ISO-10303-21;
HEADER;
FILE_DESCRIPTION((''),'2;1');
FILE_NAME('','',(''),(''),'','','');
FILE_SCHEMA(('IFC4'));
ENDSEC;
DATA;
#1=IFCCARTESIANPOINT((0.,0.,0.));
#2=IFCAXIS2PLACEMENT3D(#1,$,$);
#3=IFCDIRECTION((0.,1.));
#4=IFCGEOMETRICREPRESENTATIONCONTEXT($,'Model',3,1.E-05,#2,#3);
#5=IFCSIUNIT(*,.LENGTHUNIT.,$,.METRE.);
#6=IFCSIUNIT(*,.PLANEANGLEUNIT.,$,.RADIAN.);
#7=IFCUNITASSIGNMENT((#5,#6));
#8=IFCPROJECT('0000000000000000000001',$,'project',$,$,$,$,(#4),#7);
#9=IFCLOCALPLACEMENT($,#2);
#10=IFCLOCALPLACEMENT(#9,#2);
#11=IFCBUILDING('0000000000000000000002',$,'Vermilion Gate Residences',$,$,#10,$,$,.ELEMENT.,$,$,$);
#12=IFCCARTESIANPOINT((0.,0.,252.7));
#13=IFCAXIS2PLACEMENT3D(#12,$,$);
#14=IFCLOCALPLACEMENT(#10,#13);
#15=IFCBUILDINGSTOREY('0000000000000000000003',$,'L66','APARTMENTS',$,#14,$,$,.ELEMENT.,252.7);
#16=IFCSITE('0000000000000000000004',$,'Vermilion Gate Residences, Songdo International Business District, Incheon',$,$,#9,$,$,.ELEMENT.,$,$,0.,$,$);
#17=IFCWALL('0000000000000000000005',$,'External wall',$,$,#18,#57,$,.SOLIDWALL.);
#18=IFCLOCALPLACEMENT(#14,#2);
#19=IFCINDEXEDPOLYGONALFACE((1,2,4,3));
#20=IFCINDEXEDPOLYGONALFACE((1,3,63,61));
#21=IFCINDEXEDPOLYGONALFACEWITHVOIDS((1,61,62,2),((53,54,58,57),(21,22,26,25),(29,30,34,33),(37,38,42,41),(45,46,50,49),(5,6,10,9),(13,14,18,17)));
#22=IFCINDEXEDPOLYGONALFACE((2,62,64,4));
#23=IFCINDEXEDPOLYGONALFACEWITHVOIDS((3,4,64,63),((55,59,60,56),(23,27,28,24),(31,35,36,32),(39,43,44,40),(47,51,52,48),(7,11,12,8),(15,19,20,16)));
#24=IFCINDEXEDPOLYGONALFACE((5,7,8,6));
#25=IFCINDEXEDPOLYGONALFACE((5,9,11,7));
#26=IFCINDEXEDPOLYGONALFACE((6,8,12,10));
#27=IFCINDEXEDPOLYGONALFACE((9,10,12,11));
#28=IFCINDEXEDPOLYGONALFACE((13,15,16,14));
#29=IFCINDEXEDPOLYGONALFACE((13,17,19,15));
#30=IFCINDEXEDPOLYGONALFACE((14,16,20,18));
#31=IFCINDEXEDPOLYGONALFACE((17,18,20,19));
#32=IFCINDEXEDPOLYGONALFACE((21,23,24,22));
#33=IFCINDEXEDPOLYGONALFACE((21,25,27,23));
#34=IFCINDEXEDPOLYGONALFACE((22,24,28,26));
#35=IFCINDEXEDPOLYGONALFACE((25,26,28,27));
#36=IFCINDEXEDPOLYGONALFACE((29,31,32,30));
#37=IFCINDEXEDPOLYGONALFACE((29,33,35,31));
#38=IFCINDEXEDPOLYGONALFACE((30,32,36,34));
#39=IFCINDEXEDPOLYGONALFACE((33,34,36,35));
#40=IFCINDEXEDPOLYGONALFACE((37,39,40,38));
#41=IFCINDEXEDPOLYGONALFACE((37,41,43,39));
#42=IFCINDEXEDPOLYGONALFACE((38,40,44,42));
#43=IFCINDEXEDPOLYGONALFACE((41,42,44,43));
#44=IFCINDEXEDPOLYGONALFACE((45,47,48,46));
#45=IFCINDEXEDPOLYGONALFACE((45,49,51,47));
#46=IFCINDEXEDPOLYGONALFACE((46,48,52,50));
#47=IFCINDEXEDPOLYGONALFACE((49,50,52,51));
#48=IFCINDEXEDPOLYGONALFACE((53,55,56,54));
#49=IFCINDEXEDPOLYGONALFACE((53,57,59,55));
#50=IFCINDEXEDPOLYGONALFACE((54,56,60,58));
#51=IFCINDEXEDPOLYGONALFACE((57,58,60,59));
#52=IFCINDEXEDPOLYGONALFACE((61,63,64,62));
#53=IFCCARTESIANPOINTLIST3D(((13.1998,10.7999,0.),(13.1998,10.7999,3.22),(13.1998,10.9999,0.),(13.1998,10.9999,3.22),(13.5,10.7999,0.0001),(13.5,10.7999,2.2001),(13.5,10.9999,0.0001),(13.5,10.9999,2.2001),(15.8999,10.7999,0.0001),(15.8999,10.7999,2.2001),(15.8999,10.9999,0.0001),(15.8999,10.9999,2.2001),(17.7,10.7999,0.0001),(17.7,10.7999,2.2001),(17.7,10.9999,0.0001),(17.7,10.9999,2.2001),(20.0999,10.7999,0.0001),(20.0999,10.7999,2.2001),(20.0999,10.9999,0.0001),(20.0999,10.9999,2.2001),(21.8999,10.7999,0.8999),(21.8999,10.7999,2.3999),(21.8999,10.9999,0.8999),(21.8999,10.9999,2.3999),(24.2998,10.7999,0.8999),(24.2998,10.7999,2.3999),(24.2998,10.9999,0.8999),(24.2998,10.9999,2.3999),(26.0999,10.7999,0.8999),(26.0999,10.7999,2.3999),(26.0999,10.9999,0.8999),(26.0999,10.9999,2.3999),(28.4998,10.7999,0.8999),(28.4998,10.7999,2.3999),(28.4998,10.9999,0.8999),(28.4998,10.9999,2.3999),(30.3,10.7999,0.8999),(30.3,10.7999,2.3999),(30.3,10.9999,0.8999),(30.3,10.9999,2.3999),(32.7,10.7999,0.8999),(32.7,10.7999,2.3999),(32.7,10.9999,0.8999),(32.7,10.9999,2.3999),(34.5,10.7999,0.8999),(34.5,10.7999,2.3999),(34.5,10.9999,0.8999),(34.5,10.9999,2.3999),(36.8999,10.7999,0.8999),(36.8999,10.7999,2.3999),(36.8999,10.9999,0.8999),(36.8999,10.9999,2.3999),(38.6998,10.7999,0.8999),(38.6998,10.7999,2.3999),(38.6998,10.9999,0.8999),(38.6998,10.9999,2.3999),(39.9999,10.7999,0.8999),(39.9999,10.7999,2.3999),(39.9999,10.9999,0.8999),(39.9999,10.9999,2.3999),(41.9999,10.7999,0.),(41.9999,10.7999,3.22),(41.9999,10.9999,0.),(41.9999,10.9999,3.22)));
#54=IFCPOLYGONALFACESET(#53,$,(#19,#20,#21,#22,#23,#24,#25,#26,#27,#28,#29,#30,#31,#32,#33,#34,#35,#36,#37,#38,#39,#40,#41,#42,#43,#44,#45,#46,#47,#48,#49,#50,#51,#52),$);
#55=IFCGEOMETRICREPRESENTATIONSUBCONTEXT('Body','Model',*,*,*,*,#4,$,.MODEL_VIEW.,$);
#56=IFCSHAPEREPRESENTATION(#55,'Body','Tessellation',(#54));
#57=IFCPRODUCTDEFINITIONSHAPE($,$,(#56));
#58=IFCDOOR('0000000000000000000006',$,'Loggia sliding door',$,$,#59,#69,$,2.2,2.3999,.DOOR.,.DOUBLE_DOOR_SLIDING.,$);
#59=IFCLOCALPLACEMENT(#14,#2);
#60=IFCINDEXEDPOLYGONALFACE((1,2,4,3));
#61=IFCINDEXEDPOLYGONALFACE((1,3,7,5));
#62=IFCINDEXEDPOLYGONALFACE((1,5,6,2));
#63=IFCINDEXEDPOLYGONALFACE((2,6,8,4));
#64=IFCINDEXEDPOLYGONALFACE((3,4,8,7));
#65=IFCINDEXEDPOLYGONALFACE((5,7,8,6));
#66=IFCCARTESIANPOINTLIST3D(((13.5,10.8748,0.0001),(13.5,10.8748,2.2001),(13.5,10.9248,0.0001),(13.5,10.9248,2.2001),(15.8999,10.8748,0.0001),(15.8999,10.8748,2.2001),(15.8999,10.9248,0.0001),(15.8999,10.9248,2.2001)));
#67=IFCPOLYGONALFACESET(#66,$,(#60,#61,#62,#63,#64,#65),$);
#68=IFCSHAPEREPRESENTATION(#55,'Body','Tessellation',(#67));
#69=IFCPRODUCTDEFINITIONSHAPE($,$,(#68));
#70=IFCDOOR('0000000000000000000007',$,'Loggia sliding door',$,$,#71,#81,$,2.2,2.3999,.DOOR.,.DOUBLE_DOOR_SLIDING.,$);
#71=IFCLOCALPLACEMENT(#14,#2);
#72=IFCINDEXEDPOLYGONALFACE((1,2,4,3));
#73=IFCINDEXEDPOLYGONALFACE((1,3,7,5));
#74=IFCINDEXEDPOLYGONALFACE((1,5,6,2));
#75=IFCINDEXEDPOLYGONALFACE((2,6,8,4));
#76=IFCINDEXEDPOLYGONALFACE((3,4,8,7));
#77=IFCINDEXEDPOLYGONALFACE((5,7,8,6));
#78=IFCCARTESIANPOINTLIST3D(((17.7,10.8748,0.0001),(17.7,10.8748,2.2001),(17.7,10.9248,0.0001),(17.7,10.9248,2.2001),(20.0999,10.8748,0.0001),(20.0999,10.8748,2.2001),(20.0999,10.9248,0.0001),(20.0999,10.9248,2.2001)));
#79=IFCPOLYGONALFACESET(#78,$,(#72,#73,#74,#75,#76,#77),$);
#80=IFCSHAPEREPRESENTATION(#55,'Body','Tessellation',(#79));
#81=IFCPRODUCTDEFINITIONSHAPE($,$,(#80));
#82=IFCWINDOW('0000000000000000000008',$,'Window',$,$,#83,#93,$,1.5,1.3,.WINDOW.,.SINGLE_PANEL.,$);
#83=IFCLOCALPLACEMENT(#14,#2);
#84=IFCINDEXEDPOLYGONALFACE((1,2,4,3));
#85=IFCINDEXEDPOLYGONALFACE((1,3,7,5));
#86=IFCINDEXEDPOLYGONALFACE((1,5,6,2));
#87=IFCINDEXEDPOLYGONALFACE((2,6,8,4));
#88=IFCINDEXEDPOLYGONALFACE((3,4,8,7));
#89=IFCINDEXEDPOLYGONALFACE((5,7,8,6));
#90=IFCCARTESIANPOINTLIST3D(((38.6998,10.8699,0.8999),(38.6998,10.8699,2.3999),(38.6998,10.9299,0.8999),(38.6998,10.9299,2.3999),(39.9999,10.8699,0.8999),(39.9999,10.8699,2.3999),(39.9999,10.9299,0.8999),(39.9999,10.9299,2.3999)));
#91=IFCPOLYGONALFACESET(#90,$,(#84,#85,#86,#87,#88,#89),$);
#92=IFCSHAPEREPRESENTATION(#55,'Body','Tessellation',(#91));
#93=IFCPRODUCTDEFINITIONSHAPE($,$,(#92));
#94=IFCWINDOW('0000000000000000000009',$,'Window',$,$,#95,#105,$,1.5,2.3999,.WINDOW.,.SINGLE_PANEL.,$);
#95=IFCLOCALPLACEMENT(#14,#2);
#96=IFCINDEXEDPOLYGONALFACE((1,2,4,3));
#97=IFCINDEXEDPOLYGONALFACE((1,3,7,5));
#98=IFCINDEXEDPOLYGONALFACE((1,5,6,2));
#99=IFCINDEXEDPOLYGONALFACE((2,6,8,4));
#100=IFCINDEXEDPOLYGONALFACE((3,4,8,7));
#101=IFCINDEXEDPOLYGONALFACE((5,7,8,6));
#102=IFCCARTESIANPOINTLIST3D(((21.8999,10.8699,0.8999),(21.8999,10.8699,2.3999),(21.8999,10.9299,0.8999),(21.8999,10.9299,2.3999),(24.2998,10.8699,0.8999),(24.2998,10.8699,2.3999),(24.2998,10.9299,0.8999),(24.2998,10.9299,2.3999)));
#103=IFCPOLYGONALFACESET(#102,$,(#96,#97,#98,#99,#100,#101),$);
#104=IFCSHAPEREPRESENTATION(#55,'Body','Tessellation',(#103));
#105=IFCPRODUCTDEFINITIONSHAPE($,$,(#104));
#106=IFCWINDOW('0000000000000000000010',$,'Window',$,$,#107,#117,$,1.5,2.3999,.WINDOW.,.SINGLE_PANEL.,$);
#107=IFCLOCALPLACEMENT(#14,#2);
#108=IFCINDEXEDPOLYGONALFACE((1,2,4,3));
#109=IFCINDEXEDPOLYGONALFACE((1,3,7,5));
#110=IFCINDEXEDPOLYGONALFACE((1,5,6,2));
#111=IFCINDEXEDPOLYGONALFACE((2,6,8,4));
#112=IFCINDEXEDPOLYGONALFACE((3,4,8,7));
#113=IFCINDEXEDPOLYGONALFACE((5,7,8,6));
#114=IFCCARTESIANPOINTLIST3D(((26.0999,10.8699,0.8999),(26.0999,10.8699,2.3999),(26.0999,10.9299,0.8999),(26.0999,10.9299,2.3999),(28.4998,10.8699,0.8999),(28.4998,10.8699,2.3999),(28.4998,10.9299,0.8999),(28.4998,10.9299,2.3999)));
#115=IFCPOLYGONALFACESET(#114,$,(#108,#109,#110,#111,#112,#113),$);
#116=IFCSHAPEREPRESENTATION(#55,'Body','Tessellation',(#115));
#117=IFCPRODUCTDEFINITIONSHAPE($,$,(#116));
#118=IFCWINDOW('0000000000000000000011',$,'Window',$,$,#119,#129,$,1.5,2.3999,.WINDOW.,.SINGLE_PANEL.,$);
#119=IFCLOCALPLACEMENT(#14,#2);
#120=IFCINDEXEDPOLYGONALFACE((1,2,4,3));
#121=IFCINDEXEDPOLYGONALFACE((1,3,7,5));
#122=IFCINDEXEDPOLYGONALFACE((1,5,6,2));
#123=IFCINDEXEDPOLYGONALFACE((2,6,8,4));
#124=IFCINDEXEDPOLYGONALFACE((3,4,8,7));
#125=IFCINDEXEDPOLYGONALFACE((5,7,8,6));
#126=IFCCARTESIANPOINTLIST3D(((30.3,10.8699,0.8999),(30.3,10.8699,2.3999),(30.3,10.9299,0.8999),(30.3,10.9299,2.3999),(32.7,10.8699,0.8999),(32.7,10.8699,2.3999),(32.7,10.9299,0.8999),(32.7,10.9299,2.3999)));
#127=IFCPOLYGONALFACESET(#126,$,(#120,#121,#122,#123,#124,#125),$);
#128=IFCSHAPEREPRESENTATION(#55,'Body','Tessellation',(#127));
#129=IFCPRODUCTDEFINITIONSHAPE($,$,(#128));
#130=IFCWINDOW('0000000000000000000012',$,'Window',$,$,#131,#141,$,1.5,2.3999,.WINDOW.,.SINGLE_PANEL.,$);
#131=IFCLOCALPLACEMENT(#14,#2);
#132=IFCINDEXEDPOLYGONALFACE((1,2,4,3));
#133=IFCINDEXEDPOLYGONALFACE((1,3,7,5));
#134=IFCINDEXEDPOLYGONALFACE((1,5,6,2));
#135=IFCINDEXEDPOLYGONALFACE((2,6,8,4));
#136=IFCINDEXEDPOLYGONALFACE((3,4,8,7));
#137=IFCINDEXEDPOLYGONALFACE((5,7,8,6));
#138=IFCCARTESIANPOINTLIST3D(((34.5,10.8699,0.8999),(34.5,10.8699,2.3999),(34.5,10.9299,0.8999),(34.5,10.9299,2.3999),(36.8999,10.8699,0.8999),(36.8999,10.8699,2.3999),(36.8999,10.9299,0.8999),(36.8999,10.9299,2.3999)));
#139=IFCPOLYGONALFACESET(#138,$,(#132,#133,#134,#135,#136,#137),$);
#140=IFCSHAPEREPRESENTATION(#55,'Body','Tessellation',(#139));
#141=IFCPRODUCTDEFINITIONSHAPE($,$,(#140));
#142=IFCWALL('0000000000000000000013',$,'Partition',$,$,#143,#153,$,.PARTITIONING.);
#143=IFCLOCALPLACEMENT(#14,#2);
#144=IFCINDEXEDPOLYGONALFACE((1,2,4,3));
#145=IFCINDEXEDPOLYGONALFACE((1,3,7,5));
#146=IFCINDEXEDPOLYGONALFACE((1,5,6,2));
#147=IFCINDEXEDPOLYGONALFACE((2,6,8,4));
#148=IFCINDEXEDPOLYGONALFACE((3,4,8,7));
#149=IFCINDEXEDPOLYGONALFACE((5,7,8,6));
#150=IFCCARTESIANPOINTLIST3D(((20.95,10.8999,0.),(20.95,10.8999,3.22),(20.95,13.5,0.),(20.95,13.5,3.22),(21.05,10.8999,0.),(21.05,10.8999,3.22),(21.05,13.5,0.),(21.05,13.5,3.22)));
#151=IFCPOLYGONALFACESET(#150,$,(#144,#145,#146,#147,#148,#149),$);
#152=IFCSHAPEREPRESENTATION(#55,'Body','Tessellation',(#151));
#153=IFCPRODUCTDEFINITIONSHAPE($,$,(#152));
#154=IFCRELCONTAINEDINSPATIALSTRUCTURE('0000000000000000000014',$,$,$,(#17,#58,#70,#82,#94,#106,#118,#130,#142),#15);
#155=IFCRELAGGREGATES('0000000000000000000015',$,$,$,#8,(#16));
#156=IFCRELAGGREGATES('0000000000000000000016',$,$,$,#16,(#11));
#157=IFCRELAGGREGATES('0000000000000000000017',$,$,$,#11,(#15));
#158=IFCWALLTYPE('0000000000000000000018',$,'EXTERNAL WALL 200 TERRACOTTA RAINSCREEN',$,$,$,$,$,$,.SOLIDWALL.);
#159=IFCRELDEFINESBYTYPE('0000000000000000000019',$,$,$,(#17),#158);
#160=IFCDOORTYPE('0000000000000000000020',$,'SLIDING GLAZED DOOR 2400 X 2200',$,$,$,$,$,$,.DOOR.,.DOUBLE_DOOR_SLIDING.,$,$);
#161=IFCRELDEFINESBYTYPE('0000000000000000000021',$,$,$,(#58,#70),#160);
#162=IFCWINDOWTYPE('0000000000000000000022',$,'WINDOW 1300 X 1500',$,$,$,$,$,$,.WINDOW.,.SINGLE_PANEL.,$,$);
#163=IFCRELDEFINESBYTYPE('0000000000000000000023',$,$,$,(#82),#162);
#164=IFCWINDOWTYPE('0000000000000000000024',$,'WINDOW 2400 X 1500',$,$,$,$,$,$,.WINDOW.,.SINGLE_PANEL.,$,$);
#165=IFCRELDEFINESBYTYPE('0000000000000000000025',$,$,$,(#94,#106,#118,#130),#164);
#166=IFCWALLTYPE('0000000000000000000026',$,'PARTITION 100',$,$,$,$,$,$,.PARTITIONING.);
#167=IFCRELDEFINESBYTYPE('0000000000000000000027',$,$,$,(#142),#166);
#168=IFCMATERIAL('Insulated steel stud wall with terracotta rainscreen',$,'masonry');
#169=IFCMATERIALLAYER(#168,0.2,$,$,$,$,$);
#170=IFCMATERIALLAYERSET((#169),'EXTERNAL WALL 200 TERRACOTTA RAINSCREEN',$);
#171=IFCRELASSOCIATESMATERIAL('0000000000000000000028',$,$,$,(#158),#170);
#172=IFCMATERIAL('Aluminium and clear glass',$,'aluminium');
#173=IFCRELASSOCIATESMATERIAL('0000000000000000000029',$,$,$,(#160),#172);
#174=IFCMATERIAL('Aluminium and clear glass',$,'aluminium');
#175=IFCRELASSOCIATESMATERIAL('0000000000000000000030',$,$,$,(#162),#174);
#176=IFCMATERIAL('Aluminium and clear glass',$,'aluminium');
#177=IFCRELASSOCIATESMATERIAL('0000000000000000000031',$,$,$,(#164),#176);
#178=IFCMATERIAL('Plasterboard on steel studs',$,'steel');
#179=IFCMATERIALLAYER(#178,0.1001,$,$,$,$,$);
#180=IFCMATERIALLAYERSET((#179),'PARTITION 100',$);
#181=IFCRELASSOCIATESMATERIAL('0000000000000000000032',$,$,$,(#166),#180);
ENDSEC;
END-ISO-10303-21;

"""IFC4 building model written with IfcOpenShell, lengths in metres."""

from ifc_helpers import new_model, si_unit, direction, frame, frame_2d, origin, place, context, subcontext, project, spatial, rectangle, extrude, material, layer, layer_set, type_object, element, fill, save


model = new_model("IFC4")

# Units and contexts
model_context = context("Model", 3, precision=1e-05, world=origin(), true_north=direction((0.0, 1.0)))
body_context = subcontext(model_context, "Body", "Model", "MODEL_VIEW")
ifc_project = project(units=[si_unit("LENGTHUNIT", "METRE"), si_unit("PLANEANGLEUNIT", "RADIAN")], contexts=[model_context])

# Site, building, storey
site_placement = place(None, origin())
site = spatial("IfcSite", under=ifc_project, at=site_placement, Name="Vermilion Gate Residences, Songdo International Business District, Incheon", CompositionType="ELEMENT", RefElevation=0.0)
building_placement = place(site_placement, origin())
building = spatial("IfcBuilding", under=site, at=building_placement, Name="Vermilion Gate Residences", CompositionType="ELEMENT")
storey_placement = place(building_placement, frame((0.0, 0.0, 252.7)))
storey = spatial("IfcBuildingStorey", under=building, at=storey_placement, Name="L66", Description="APARTMENTS", CompositionType="ELEMENT", Elevation=252.7)

# Shared definitions
ifc_material_1 = material(Name="Insulated steel stud wall with terracotta rainscreen", Category="masonry")
ifc_layer_1 = layer(ifc_material_1, 0.2)
ifc_layer_set_1 = layer_set([ifc_layer_1], Name="EXTERNAL WALL 200 TERRACOTTA RAINSCREEN")
wall_type_1 = type_object("IfcWallType", Name="EXTERNAL WALL 200 TERRACOTTA RAINSCREEN", PredefinedType="SOLIDWALL", material=ifc_layer_set_1)

# Wall, openings, doors, windows
wall_1_placement = place(storey_placement, frame((13.2, 10.8999, 0.0), z_axis=(0.0, 0.0, 1.0), x_axis=(1.0, 0.0, 0.0)))
wall_1 = element("IfcWall", 1, at=wall_1_placement, inside=storey, type_object=wall_type_1, Name="External wall", PredefinedType="SOLIDWALL", context=body_context, shape_type="SweptSolid", body=[
    extrude(rectangle(XDim=28.8, YDim=0.2, at=frame_2d((14.3999, 0.0))), origin(), (0.0, 0.0, 1.0), 3.22),
])
opening_1_placement = place(wall_1_placement, frame((0.3, 0.0, 0.0)))
opening_1 = element("IfcOpeningElement", 2, at=opening_1_placement, cuts=wall_1, PredefinedType="OPENING", context=body_context, shape_type="SweptSolid", body=[
    extrude(rectangle(XDim=2.3999, YDim=2.2, at=frame_2d((1.2, 1.1001))), frame((0.0, 0.1099, 0.0), z_axis=(0.0, -1.0, 0.0), x_axis=(1.0, 0.0, 0.0)), (0.0, 0.0, 1.0), 0.22),
])
opening_2_placement = place(wall_1_placement, frame((4.5, 0.0, 0.0)))
opening_2 = element("IfcOpeningElement", 3, at=opening_2_placement, cuts=wall_1, PredefinedType="OPENING", context=body_context, shape_type="SweptSolid", body=[
    extrude(rectangle(XDim=2.3999, YDim=2.2, at=frame_2d((1.2, 1.1001))), frame((0.0, 0.1099, 0.0), z_axis=(0.0, -1.0, 0.0), x_axis=(1.0, 0.0, 0.0)), (0.0, 0.0, 1.0), 0.22),
])
opening_3_placement = place(wall_1_placement, frame((8.7, 0.0, 0.8999)))
opening_3 = element("IfcOpeningElement", 4, at=opening_3_placement, cuts=wall_1, PredefinedType="OPENING", context=body_context, shape_type="SweptSolid", body=[
    extrude(rectangle(XDim=2.3999, YDim=1.5, at=frame_2d((1.2, 0.75))), frame((0.0, 0.1099, 0.0), z_axis=(0.0, -1.0, 0.0), x_axis=(1.0, 0.0, 0.0)), (0.0, 0.0, 1.0), 0.22),
])
opening_4_placement = place(wall_1_placement, frame((12.8999, 0.0, 0.8999)))
opening_4 = element("IfcOpeningElement", 5, at=opening_4_placement, cuts=wall_1, PredefinedType="OPENING", context=body_context, shape_type="SweptSolid", body=[
    extrude(rectangle(XDim=2.3999, YDim=1.5, at=frame_2d((1.2, 0.75))), frame((0.0, 0.1099, 0.0), z_axis=(0.0, -1.0, 0.0), x_axis=(1.0, 0.0, 0.0)), (0.0, 0.0, 1.0), 0.22),
])
opening_5_placement = place(wall_1_placement, frame((17.1001, 0.0, 0.8999)))
opening_5 = element("IfcOpeningElement", 6, at=opening_5_placement, cuts=wall_1, PredefinedType="OPENING", context=body_context, shape_type="SweptSolid", body=[
    extrude(rectangle(XDim=2.3999, YDim=1.5, at=frame_2d((1.2, 0.75))), frame((0.0, 0.1099, 0.0), z_axis=(0.0, -1.0, 0.0), x_axis=(1.0, 0.0, 0.0)), (0.0, 0.0, 1.0), 0.22),
])
opening_6_placement = place(wall_1_placement, frame((21.3, 0.0, 0.8999)))
opening_6 = element("IfcOpeningElement", 7, at=opening_6_placement, cuts=wall_1, PredefinedType="OPENING", context=body_context, shape_type="SweptSolid", body=[
    extrude(rectangle(XDim=2.3999, YDim=1.5, at=frame_2d((1.2, 0.75))), frame((0.0, 0.1099, 0.0), z_axis=(0.0, -1.0, 0.0), x_axis=(1.0, 0.0, 0.0)), (0.0, 0.0, 1.0), 0.22),
])
opening_7_placement = place(wall_1_placement, frame((25.5, 0.0, 0.8999)))
opening_7 = element("IfcOpeningElement", 8, at=opening_7_placement, cuts=wall_1, PredefinedType="OPENING", context=body_context, shape_type="SweptSolid", body=[
    extrude(rectangle(XDim=1.3, YDim=1.5, at=frame_2d((0.6499, 0.75))), frame((0.0, 0.1099, 0.0), z_axis=(0.0, -1.0, 0.0), x_axis=(1.0, 0.0, 0.0)), (0.0, 0.0, 1.0), 0.22),
])
ifc_material_2 = material(Name="Aluminium and clear glass", Category="aluminium")
door_type = type_object("IfcDoorType", Name="SLIDING GLAZED DOOR 2400 X 2200", OperationType="DOUBLE_DOOR_SLIDING", PredefinedType="DOOR", material=ifc_material_2)
door_1_placement = place(opening_1_placement, origin())
door_1 = element("IfcDoor", 9, at=door_1_placement, inside=storey, type_object=door_type, Name="Loggia sliding door", OperationType="DOUBLE_DOOR_SLIDING", OverallHeight=2.2, OverallWidth=2.3999, PredefinedType="DOOR", context=body_context, shape_type="SweptSolid", body=[
    extrude(rectangle(XDim=2.3999, YDim=2.2, at=frame_2d((1.2, 1.1001))), frame((0.0, 0.0249, 0.0), z_axis=(0.0, -1.0, 0.0), x_axis=(1.0, 0.0, 0.0)), (0.0, 0.0, 1.0), 0.05),
])
fill(opening_1, door_1)
door_2_placement = place(opening_2_placement, origin())
door_2 = element("IfcDoor", 10, at=door_2_placement, inside=storey, type_object=door_type, Name="Loggia sliding door", OperationType="DOUBLE_DOOR_SLIDING", OverallHeight=2.2, OverallWidth=2.3999, PredefinedType="DOOR", context=body_context, shape_type="SweptSolid", body=[
    extrude(rectangle(XDim=2.3999, YDim=2.2, at=frame_2d((1.2, 1.1001))), frame((0.0, 0.0249, 0.0), z_axis=(0.0, -1.0, 0.0), x_axis=(1.0, 0.0, 0.0)), (0.0, 0.0, 1.0), 0.05),
])
fill(opening_2, door_2)
ifc_material_3 = material(Name="Aluminium and clear glass", Category="aluminium")
window_type_1 = type_object("IfcWindowType", Name="WINDOW 1300 X 1500", PartitioningType="SINGLE_PANEL", PredefinedType="WINDOW", material=ifc_material_3)
window_1_placement = place(opening_7_placement, origin())
window_1 = element("IfcWindow", 11, at=window_1_placement, inside=storey, type_object=window_type_1, Name="Window", OverallHeight=1.5, OverallWidth=1.3, PartitioningType="SINGLE_PANEL", PredefinedType="WINDOW", context=body_context, shape_type="SweptSolid", body=[
    extrude(rectangle(XDim=1.3, YDim=1.5, at=frame_2d((0.6499, 0.75))), frame((0.0, 0.03, 0.0), z_axis=(0.0, -1.0, 0.0), x_axis=(1.0, 0.0, 0.0)), (0.0, 0.0, 1.0), 0.0601),
])
fill(opening_7, window_1)
ifc_material_4 = material(Name="Aluminium and clear glass", Category="aluminium")
window_type_2 = type_object("IfcWindowType", Name="WINDOW 2400 X 1500", PartitioningType="SINGLE_PANEL", PredefinedType="WINDOW", material=ifc_material_4)
window_2_placement = place(opening_3_placement, origin())
window_2 = element("IfcWindow", 12, at=window_2_placement, inside=storey, type_object=window_type_2, Name="Window", OverallHeight=1.5, OverallWidth=2.3999, PartitioningType="SINGLE_PANEL", PredefinedType="WINDOW", context=body_context, shape_type="SweptSolid", body=[
    extrude(rectangle(XDim=2.3999, YDim=1.5, at=frame_2d((1.2, 0.75))), frame((0.0, 0.03, 0.0), z_axis=(0.0, -1.0, 0.0), x_axis=(1.0, 0.0, 0.0)), (0.0, 0.0, 1.0), 0.0601),
])
fill(opening_3, window_2)
window_3_placement = place(opening_4_placement, origin())
window_3 = element("IfcWindow", 13, at=window_3_placement, inside=storey, type_object=window_type_2, Name="Window", OverallHeight=1.5, OverallWidth=2.3999, PartitioningType="SINGLE_PANEL", PredefinedType="WINDOW", context=body_context, shape_type="SweptSolid", body=[
    extrude(rectangle(XDim=2.3999, YDim=1.5, at=frame_2d((1.2, 0.75))), frame((0.0, 0.03, 0.0), z_axis=(0.0, -1.0, 0.0), x_axis=(1.0, 0.0, 0.0)), (0.0, 0.0, 1.0), 0.0601),
])
fill(opening_4, window_3)
window_4_placement = place(opening_5_placement, origin())
window_4 = element("IfcWindow", 14, at=window_4_placement, inside=storey, type_object=window_type_2, Name="Window", OverallHeight=1.5, OverallWidth=2.3999, PartitioningType="SINGLE_PANEL", PredefinedType="WINDOW", context=body_context, shape_type="SweptSolid", body=[
    extrude(rectangle(XDim=2.3999, YDim=1.5, at=frame_2d((1.2, 0.75))), frame((0.0, 0.03, 0.0), z_axis=(0.0, -1.0, 0.0), x_axis=(1.0, 0.0, 0.0)), (0.0, 0.0, 1.0), 0.0601),
])
fill(opening_5, window_4)
window_5_placement = place(opening_6_placement, origin())
window_5 = element("IfcWindow", 15, at=window_5_placement, inside=storey, type_object=window_type_2, Name="Window", OverallHeight=1.5, OverallWidth=2.3999, PartitioningType="SINGLE_PANEL", PredefinedType="WINDOW", context=body_context, shape_type="SweptSolid", body=[
    extrude(rectangle(XDim=2.3999, YDim=1.5, at=frame_2d((1.2, 0.75))), frame((0.0, 0.03, 0.0), z_axis=(0.0, -1.0, 0.0), x_axis=(1.0, 0.0, 0.0)), (0.0, 0.0, 1.0), 0.0601),
])
fill(opening_6, window_5)

# Wall
ifc_material_5 = material(Name="Plasterboard on steel studs", Category="steel")
ifc_layer_2 = layer(ifc_material_5, 0.1001)
ifc_layer_set_2 = layer_set([ifc_layer_2], Name="PARTITION 100")
wall_type_2 = type_object("IfcWallType", Name="PARTITION 100", PredefinedType="PARTITIONING", material=ifc_layer_set_2)
wall_2_placement = place(storey_placement, frame((21.0, 10.8999, 0.0), z_axis=(0.0, 0.0, 1.0), x_axis=(0.0, 1.0, 0.0)))
element("IfcWall", 16, at=wall_2_placement, inside=storey, type_object=wall_type_2, Name="Partition", PredefinedType="PARTITIONING", context=body_context, shape_type="SweptSolid", body=[
    extrude(rectangle(XDim=2.6001, YDim=0.1001, at=frame_2d((1.3, 0.0))), origin(), (0.0, 0.0, 1.0), 3.22),
])

save(model, "model.ifc")
